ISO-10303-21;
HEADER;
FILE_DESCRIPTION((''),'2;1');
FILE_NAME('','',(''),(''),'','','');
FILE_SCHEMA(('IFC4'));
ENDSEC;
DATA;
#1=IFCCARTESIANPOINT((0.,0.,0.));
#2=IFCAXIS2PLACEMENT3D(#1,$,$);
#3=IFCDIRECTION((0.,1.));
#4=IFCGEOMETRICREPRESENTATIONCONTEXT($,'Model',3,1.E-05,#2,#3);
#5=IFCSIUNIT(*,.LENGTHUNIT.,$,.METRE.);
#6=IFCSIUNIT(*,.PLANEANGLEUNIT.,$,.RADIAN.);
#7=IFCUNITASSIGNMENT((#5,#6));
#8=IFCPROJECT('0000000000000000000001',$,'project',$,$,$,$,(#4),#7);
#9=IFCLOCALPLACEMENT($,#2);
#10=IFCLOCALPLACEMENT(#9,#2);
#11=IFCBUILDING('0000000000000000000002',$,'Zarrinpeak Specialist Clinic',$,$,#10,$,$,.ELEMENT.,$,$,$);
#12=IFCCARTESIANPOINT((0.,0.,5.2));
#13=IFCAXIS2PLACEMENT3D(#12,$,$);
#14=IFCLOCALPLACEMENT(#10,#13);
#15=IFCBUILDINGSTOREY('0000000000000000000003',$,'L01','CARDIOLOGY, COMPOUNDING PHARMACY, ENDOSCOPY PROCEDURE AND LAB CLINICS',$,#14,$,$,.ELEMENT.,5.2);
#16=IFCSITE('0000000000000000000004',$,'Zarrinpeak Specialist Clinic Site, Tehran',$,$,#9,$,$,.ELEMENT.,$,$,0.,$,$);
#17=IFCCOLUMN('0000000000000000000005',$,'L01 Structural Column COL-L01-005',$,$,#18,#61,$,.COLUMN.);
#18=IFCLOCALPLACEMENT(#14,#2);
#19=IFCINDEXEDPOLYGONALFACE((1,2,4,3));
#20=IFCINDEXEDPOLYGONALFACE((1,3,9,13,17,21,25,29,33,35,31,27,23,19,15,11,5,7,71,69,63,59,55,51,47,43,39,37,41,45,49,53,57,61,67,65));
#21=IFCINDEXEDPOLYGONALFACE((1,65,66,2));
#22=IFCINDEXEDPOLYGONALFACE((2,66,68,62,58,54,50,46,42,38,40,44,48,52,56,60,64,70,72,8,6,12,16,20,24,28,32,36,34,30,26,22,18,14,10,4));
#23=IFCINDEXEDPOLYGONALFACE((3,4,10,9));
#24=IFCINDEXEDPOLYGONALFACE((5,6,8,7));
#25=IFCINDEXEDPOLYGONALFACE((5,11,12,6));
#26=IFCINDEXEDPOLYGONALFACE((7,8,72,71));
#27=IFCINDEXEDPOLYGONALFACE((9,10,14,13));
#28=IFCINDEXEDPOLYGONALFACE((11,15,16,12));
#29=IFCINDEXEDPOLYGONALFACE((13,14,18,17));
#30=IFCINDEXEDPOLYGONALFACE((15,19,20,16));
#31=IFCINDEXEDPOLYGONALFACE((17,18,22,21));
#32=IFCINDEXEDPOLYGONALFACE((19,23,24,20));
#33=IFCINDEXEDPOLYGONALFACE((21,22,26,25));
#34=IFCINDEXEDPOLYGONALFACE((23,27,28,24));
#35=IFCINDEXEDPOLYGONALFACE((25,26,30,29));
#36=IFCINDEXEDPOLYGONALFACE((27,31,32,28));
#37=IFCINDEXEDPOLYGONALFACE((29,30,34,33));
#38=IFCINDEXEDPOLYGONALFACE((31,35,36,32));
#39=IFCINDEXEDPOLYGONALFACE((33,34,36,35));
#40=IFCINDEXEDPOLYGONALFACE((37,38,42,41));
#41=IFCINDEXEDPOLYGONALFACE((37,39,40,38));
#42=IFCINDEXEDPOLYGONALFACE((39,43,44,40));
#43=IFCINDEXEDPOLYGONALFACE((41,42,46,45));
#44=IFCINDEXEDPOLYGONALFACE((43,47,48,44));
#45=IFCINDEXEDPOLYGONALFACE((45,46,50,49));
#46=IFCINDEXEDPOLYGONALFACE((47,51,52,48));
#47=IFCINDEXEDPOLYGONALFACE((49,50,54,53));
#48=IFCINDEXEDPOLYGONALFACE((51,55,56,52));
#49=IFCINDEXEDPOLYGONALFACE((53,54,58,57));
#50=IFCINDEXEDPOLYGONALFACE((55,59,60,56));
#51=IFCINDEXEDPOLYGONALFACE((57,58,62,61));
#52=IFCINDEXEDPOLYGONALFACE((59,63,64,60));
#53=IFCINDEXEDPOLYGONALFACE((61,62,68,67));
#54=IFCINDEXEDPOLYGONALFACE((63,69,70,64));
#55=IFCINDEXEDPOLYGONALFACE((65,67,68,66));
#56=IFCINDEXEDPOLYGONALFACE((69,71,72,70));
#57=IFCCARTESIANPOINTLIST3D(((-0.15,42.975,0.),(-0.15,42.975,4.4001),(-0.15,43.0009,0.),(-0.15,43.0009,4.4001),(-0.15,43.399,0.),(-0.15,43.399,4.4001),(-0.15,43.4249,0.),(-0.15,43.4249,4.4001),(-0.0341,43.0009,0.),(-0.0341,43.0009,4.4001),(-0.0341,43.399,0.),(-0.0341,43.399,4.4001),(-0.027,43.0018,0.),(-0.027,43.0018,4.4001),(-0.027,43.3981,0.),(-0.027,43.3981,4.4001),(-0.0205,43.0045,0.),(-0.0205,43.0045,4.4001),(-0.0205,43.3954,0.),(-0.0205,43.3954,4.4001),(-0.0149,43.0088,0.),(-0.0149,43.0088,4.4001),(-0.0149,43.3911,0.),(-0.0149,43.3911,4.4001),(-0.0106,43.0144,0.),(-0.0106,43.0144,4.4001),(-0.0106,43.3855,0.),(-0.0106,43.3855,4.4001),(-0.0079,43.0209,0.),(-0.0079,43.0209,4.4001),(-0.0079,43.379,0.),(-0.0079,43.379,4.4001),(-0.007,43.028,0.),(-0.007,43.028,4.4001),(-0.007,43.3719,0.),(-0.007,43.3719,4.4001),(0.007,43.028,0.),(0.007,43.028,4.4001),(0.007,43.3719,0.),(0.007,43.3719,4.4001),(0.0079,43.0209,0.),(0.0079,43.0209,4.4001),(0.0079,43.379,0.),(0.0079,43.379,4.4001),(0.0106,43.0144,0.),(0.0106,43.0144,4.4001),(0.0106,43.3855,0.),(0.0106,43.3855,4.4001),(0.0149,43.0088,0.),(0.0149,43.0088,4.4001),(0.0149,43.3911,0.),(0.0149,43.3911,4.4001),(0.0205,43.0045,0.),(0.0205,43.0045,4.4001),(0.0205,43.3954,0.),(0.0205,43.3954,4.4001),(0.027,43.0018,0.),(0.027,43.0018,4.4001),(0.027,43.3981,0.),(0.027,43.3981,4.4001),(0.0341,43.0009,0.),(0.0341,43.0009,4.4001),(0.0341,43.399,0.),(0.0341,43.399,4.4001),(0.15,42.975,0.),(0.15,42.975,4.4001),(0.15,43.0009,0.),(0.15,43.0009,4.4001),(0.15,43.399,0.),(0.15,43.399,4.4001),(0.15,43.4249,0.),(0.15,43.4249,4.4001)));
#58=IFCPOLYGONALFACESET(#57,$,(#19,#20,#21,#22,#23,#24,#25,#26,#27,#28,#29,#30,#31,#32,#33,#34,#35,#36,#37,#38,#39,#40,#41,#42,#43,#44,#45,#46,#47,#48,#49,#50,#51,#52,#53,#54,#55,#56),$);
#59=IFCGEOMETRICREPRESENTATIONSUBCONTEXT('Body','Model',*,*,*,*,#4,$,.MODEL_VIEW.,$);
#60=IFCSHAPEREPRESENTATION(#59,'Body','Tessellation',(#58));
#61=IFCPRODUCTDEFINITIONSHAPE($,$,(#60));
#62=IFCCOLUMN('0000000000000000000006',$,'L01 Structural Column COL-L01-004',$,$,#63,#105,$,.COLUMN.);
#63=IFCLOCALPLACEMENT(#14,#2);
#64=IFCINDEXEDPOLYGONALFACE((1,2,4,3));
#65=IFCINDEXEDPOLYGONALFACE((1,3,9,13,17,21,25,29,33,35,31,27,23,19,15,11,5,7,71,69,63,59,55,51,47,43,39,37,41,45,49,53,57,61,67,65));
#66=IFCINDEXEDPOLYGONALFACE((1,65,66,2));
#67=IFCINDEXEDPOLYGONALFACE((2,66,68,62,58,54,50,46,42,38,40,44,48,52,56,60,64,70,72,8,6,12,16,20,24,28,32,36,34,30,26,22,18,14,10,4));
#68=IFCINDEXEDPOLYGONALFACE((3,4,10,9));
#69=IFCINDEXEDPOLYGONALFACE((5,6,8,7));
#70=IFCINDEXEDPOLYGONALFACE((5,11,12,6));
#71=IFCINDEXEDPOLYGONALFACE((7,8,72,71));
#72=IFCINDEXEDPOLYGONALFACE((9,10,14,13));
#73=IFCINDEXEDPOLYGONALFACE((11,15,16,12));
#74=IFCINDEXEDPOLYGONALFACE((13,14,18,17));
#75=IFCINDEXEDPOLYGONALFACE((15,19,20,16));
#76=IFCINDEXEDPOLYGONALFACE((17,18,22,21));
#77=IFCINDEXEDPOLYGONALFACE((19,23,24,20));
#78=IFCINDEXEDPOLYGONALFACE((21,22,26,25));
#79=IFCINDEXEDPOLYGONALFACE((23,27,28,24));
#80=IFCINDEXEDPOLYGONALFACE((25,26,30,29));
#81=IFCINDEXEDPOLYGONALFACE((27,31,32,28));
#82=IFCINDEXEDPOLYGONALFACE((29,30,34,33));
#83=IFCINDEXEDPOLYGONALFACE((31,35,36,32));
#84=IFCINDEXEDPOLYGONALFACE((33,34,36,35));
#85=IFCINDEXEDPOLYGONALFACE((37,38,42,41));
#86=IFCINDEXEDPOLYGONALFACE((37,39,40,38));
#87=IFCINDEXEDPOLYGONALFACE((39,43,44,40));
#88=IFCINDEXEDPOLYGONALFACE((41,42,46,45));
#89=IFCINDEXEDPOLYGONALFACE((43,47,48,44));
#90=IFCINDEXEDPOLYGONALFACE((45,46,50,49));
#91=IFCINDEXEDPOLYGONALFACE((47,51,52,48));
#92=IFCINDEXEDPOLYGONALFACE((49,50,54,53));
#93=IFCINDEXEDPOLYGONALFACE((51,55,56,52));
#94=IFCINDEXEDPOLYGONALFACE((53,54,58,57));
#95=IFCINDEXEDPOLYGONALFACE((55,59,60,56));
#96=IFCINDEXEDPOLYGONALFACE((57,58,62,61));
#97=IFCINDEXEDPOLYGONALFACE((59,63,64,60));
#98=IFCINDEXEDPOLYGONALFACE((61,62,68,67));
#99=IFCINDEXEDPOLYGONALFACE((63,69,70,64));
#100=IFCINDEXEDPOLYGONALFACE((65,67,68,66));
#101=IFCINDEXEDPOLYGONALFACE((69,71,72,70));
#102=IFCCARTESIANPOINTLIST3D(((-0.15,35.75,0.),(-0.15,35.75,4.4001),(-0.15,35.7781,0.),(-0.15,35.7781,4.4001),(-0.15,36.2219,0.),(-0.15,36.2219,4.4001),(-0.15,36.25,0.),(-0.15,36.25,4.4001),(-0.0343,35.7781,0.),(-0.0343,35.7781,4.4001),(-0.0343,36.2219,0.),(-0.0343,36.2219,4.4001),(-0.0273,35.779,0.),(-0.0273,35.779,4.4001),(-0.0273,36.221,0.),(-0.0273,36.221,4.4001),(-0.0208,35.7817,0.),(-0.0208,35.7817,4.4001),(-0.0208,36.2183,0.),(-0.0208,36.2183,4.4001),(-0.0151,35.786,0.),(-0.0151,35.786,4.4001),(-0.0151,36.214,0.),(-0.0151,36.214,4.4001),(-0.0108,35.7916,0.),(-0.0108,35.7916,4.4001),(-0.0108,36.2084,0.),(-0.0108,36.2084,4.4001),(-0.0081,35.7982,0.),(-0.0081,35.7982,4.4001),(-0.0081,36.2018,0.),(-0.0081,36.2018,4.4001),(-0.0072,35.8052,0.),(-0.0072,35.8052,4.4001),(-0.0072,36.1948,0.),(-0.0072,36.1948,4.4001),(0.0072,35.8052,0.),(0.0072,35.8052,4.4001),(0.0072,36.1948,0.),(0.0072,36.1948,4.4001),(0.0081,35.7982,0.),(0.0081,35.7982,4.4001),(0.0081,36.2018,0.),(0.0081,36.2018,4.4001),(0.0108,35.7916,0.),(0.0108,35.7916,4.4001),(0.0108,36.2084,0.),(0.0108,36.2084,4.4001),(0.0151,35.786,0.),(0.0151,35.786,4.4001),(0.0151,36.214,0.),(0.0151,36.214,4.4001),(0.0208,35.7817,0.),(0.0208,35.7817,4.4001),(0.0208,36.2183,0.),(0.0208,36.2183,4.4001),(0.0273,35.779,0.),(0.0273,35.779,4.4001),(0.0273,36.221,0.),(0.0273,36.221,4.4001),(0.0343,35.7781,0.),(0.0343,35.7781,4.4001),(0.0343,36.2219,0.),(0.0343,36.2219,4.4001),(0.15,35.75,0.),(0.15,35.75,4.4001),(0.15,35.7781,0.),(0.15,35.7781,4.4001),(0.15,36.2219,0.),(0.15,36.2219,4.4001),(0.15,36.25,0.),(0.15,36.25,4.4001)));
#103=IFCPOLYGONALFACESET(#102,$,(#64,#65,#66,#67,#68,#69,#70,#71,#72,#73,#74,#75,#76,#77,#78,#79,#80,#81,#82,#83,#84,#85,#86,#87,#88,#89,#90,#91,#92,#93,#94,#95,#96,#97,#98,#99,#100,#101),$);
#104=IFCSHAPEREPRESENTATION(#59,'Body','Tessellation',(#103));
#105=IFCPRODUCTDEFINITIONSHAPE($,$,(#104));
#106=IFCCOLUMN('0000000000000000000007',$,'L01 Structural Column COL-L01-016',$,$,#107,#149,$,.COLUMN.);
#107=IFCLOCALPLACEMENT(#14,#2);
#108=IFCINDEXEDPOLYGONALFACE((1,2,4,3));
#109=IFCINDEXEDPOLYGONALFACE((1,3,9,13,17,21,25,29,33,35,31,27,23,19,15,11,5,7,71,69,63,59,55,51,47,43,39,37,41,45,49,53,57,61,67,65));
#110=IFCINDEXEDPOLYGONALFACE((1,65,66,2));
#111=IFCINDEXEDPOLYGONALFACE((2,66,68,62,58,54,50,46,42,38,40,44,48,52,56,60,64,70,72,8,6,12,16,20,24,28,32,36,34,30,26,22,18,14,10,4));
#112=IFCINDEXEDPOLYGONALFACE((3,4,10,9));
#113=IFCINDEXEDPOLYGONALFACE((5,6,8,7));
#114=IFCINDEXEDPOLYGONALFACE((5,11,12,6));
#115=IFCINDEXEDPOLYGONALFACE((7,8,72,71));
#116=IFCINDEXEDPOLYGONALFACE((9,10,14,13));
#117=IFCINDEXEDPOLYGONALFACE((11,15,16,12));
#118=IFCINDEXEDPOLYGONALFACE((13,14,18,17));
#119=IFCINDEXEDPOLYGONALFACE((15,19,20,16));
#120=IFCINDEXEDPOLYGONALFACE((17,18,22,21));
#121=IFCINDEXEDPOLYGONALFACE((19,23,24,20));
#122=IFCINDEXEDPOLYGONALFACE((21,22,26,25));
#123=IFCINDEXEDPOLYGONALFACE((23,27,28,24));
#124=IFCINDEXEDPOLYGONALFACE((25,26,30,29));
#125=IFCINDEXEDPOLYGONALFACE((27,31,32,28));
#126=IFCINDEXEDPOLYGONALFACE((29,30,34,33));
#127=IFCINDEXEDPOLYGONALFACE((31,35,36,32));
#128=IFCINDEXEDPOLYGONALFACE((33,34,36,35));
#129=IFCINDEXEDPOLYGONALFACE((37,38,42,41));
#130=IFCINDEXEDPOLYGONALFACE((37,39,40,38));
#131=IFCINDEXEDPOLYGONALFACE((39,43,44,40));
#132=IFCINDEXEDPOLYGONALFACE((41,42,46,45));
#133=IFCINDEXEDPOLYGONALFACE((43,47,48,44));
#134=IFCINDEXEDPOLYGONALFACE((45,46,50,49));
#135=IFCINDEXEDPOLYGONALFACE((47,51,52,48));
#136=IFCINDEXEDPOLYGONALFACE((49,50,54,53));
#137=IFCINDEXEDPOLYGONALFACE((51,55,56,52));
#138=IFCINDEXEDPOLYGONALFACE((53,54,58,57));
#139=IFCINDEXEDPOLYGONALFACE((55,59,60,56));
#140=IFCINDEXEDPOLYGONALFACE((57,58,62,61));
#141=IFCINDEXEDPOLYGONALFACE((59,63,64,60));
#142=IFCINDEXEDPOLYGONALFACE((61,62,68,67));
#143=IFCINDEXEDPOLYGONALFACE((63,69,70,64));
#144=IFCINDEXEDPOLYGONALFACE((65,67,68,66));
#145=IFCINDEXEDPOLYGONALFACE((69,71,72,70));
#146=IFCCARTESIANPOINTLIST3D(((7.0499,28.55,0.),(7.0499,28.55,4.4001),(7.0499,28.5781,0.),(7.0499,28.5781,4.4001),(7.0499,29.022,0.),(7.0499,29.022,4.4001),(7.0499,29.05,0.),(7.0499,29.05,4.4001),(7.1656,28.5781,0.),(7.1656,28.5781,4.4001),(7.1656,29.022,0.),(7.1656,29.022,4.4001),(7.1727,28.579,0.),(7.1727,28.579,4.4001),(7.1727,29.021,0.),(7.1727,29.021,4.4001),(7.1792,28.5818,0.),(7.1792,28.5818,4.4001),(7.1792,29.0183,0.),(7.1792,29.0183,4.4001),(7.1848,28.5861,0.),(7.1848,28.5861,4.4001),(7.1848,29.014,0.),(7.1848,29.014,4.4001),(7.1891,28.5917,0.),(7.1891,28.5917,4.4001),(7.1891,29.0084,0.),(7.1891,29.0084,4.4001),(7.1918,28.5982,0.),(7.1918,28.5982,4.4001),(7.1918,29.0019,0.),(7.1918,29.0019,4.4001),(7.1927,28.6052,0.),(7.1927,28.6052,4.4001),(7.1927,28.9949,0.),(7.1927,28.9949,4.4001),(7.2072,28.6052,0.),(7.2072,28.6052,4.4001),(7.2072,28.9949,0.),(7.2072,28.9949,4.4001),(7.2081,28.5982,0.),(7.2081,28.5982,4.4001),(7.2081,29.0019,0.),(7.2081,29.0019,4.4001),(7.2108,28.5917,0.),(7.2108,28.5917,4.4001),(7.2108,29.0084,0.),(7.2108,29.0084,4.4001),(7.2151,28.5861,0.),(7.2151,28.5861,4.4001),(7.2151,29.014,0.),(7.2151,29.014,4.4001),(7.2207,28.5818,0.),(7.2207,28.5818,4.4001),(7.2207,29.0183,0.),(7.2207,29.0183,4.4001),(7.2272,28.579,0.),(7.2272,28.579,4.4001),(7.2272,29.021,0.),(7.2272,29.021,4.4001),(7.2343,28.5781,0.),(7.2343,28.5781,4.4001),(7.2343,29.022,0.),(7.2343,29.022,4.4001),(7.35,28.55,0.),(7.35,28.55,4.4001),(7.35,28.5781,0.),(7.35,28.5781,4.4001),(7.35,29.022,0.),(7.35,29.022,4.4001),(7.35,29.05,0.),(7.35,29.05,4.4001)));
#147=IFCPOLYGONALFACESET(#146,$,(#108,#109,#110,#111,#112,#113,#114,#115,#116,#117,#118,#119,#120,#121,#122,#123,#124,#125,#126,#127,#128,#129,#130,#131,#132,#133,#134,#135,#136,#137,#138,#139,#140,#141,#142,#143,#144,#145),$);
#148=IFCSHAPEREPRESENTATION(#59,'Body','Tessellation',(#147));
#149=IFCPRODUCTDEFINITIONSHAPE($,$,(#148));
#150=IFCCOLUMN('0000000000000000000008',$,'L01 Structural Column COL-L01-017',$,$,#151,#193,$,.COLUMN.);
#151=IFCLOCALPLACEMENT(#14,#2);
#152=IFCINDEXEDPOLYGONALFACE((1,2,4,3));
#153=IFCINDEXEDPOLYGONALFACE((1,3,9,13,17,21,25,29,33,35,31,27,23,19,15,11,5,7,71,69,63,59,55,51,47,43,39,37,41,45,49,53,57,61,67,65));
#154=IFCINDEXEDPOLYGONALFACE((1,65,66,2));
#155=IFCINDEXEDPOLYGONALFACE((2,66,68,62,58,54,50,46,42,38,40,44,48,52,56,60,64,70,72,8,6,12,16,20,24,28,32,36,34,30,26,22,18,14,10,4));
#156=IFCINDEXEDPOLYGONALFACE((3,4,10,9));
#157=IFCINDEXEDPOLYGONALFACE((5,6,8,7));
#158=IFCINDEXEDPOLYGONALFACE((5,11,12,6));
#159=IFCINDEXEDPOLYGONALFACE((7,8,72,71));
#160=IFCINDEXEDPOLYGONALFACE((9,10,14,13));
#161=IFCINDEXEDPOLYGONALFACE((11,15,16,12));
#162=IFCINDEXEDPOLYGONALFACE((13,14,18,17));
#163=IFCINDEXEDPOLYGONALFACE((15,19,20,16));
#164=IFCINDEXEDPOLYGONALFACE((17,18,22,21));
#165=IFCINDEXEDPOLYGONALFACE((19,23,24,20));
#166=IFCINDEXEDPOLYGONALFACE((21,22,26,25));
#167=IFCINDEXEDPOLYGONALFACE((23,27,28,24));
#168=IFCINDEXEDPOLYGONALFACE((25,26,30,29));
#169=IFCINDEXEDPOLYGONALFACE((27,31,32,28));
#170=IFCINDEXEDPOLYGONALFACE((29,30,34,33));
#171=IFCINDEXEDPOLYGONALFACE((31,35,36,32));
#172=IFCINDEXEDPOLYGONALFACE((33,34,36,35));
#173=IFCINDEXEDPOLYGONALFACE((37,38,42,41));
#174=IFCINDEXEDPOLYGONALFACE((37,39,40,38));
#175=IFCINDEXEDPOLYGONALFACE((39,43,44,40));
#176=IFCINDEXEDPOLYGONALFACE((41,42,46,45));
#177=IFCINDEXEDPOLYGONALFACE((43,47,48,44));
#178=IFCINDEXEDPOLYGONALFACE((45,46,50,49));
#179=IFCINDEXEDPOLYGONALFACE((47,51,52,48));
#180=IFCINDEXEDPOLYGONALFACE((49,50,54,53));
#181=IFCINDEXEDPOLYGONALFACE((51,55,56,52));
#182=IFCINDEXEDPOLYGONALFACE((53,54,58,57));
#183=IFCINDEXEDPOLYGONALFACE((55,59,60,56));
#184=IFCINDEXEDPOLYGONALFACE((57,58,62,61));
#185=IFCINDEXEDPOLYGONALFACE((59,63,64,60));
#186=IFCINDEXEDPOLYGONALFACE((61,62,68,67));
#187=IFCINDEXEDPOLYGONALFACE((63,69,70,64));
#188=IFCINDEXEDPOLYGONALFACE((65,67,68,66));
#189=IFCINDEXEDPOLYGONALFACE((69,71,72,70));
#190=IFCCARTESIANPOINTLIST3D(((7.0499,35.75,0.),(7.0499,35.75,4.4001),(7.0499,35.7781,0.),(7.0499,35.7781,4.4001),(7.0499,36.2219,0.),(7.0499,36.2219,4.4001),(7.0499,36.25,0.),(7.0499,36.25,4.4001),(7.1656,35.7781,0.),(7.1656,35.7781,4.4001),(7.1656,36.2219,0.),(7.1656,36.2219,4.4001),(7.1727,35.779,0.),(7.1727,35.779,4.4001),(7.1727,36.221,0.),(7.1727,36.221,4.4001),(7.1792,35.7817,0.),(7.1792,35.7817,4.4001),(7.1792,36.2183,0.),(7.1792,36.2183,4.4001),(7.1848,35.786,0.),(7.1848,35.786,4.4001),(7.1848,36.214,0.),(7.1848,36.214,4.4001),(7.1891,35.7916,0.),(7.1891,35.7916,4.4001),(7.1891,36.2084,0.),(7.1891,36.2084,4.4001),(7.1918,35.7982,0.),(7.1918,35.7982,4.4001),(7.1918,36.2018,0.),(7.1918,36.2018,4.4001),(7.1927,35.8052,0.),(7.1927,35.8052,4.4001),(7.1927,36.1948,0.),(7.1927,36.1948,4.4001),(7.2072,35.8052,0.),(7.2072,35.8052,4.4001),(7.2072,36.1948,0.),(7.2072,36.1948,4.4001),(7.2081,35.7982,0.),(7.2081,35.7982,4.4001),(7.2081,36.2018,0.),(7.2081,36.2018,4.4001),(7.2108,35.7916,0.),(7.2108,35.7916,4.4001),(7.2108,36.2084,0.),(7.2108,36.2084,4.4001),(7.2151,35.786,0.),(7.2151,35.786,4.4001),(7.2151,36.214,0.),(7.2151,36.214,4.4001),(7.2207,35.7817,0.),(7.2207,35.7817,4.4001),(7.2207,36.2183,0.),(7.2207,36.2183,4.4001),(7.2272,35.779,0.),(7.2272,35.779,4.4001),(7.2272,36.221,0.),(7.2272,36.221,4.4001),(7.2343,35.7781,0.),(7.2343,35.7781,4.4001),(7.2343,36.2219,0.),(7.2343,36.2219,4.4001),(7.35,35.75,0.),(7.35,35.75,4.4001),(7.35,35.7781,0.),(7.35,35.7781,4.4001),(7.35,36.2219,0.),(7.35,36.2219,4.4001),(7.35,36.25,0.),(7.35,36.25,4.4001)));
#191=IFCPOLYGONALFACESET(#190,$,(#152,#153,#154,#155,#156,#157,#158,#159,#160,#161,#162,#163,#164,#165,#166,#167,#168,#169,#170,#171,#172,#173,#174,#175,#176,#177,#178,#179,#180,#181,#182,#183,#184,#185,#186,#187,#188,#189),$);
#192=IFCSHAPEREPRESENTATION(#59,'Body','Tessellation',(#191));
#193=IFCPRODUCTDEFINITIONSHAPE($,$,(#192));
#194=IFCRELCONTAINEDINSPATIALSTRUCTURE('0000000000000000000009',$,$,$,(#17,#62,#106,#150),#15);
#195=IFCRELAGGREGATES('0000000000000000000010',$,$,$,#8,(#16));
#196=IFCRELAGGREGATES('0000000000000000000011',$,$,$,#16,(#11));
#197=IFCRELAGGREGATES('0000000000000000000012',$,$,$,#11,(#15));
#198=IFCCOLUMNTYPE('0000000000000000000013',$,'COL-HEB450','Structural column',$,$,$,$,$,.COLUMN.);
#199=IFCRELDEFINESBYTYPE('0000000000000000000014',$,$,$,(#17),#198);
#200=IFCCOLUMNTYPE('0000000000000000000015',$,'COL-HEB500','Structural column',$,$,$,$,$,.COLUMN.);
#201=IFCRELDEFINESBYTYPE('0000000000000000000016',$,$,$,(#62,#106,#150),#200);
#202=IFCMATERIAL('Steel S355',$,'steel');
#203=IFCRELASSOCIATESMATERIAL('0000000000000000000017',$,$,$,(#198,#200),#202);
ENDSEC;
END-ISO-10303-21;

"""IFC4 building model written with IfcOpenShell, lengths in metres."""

from ifc_helpers import new_model, si_unit, direction, frame, origin, origin_2d, place, context, subcontext, project, spatial, i_section, extrude, material, material_profile, profile_set, type_object, element, save


model = new_model("IFC4")

# Units and contexts
model_context = context("Model", 3, precision=1e-05, world=origin(), true_north=direction((0.0, 1.0)))
body_context = subcontext(model_context, "Body", "Model", "MODEL_VIEW")
ifc_project = project(units=[si_unit("LENGTHUNIT", "METRE"), si_unit("PLANEANGLEUNIT", "RADIAN")], contexts=[model_context])

# Site, building, storey
site_placement = place(None, origin())
site = spatial("IfcSite", under=ifc_project, at=site_placement, Name="Zarrinpeak Specialist Clinic Site, Tehran", CompositionType="ELEMENT", RefElevation=0.0)
building_placement = place(site_placement, origin())
building = spatial("IfcBuilding", under=site, at=building_placement, Name="Zarrinpeak Specialist Clinic", CompositionType="ELEMENT")
storey_placement = place(building_placement, frame((0.0, 0.0, 5.2)))
storey = spatial("IfcBuildingStorey", under=building, at=storey_placement, Name="L01", Description="CARDIOLOGY, COMPOUNDING PHARMACY, ENDOSCOPY PROCEDURE AND LAB CLINICS", CompositionType="ELEMENT", Elevation=5.2)

# Columns
ifc_material_1 = material(Name="Steel S355", Category="steel")
ifc_material_profile_1 = material_profile(ifc_material_1, i_section(OverallWidth=0.3, OverallDepth=0.45, WebThickness=0.0139, FlangeThickness=0.0259, FilletRadius=0.0271, at=origin_2d()), Name="HEB 450")
ifc_profile_set_1 = profile_set([ifc_material_profile_1], Name="Steel S355")
column_type_1 = type_object("IfcColumnType", Name="COL-HEB450", Description="Structural column", PredefinedType="COLUMN", material=ifc_profile_set_1)
column_placement = place(storey_placement, frame((0.0, 43.2, 0.0), z_axis=(0.0, 0.0, 1.0), x_axis=(1.0, 0.0, 0.0)))
element("IfcColumn", 1, at=column_placement, inside=storey, type_object=column_type_1, Name="L01 Structural Column COL-L01-005", PredefinedType="COLUMN", context=body_context, shape_type="SweptSolid", body=[
    extrude(i_section(OverallWidth=0.3, OverallDepth=0.45, WebThickness=0.0139, FlangeThickness=0.0259, FilletRadius=0.0271, at=origin_2d()), origin(), (0.0, 0.0, 1.0), 4.4001),
])
ifc_material_profile_2 = material_profile(ifc_material_1, i_section(OverallWidth=0.3, OverallDepth=0.5, WebThickness=0.0144, FlangeThickness=0.0281, FilletRadius=0.0271, at=origin_2d()), Name="HEB 500")
ifc_profile_set_2 = profile_set([ifc_material_profile_2], Name="Steel S355")
column_type_2 = type_object("IfcColumnType", Name="COL-HEB500", Description="Structural column", PredefinedType="COLUMN", material=ifc_profile_set_2)
for number, where, z_axis, x_axis, name in (
    (2, (0.0, 36.0, 0.0), (0.0, 0.0, 1.0), (1.0, 0.0, 0.0), "L01 Structural Column COL-L01-004"),
    (3, (7.2, 28.8, 0.0), (0.0, 0.0, 1.0), (1.0, 0.0, 0.0), "L01 Structural Column COL-L01-016"),
    (4, (7.2, 36.0, 0.0), (0.0, 0.0, 1.0), (1.0, 0.0, 0.0), "L01 Structural Column COL-L01-017"),
):
    element("IfcColumn", number, at=place(storey_placement, frame(where, z_axis=z_axis, x_axis=x_axis)), inside=storey, type_object=column_type_2, Name=name, PredefinedType="COLUMN", context=body_context, shape_type="SweptSolid", body=[
        extrude(i_section(OverallWidth=0.3, OverallDepth=0.5, WebThickness=0.0144, FlangeThickness=0.0281, FilletRadius=0.0271, at=origin_2d()), origin(), (0.0, 0.0, 1.0), 4.4001),
    ])

save(model, "model.ifc")
